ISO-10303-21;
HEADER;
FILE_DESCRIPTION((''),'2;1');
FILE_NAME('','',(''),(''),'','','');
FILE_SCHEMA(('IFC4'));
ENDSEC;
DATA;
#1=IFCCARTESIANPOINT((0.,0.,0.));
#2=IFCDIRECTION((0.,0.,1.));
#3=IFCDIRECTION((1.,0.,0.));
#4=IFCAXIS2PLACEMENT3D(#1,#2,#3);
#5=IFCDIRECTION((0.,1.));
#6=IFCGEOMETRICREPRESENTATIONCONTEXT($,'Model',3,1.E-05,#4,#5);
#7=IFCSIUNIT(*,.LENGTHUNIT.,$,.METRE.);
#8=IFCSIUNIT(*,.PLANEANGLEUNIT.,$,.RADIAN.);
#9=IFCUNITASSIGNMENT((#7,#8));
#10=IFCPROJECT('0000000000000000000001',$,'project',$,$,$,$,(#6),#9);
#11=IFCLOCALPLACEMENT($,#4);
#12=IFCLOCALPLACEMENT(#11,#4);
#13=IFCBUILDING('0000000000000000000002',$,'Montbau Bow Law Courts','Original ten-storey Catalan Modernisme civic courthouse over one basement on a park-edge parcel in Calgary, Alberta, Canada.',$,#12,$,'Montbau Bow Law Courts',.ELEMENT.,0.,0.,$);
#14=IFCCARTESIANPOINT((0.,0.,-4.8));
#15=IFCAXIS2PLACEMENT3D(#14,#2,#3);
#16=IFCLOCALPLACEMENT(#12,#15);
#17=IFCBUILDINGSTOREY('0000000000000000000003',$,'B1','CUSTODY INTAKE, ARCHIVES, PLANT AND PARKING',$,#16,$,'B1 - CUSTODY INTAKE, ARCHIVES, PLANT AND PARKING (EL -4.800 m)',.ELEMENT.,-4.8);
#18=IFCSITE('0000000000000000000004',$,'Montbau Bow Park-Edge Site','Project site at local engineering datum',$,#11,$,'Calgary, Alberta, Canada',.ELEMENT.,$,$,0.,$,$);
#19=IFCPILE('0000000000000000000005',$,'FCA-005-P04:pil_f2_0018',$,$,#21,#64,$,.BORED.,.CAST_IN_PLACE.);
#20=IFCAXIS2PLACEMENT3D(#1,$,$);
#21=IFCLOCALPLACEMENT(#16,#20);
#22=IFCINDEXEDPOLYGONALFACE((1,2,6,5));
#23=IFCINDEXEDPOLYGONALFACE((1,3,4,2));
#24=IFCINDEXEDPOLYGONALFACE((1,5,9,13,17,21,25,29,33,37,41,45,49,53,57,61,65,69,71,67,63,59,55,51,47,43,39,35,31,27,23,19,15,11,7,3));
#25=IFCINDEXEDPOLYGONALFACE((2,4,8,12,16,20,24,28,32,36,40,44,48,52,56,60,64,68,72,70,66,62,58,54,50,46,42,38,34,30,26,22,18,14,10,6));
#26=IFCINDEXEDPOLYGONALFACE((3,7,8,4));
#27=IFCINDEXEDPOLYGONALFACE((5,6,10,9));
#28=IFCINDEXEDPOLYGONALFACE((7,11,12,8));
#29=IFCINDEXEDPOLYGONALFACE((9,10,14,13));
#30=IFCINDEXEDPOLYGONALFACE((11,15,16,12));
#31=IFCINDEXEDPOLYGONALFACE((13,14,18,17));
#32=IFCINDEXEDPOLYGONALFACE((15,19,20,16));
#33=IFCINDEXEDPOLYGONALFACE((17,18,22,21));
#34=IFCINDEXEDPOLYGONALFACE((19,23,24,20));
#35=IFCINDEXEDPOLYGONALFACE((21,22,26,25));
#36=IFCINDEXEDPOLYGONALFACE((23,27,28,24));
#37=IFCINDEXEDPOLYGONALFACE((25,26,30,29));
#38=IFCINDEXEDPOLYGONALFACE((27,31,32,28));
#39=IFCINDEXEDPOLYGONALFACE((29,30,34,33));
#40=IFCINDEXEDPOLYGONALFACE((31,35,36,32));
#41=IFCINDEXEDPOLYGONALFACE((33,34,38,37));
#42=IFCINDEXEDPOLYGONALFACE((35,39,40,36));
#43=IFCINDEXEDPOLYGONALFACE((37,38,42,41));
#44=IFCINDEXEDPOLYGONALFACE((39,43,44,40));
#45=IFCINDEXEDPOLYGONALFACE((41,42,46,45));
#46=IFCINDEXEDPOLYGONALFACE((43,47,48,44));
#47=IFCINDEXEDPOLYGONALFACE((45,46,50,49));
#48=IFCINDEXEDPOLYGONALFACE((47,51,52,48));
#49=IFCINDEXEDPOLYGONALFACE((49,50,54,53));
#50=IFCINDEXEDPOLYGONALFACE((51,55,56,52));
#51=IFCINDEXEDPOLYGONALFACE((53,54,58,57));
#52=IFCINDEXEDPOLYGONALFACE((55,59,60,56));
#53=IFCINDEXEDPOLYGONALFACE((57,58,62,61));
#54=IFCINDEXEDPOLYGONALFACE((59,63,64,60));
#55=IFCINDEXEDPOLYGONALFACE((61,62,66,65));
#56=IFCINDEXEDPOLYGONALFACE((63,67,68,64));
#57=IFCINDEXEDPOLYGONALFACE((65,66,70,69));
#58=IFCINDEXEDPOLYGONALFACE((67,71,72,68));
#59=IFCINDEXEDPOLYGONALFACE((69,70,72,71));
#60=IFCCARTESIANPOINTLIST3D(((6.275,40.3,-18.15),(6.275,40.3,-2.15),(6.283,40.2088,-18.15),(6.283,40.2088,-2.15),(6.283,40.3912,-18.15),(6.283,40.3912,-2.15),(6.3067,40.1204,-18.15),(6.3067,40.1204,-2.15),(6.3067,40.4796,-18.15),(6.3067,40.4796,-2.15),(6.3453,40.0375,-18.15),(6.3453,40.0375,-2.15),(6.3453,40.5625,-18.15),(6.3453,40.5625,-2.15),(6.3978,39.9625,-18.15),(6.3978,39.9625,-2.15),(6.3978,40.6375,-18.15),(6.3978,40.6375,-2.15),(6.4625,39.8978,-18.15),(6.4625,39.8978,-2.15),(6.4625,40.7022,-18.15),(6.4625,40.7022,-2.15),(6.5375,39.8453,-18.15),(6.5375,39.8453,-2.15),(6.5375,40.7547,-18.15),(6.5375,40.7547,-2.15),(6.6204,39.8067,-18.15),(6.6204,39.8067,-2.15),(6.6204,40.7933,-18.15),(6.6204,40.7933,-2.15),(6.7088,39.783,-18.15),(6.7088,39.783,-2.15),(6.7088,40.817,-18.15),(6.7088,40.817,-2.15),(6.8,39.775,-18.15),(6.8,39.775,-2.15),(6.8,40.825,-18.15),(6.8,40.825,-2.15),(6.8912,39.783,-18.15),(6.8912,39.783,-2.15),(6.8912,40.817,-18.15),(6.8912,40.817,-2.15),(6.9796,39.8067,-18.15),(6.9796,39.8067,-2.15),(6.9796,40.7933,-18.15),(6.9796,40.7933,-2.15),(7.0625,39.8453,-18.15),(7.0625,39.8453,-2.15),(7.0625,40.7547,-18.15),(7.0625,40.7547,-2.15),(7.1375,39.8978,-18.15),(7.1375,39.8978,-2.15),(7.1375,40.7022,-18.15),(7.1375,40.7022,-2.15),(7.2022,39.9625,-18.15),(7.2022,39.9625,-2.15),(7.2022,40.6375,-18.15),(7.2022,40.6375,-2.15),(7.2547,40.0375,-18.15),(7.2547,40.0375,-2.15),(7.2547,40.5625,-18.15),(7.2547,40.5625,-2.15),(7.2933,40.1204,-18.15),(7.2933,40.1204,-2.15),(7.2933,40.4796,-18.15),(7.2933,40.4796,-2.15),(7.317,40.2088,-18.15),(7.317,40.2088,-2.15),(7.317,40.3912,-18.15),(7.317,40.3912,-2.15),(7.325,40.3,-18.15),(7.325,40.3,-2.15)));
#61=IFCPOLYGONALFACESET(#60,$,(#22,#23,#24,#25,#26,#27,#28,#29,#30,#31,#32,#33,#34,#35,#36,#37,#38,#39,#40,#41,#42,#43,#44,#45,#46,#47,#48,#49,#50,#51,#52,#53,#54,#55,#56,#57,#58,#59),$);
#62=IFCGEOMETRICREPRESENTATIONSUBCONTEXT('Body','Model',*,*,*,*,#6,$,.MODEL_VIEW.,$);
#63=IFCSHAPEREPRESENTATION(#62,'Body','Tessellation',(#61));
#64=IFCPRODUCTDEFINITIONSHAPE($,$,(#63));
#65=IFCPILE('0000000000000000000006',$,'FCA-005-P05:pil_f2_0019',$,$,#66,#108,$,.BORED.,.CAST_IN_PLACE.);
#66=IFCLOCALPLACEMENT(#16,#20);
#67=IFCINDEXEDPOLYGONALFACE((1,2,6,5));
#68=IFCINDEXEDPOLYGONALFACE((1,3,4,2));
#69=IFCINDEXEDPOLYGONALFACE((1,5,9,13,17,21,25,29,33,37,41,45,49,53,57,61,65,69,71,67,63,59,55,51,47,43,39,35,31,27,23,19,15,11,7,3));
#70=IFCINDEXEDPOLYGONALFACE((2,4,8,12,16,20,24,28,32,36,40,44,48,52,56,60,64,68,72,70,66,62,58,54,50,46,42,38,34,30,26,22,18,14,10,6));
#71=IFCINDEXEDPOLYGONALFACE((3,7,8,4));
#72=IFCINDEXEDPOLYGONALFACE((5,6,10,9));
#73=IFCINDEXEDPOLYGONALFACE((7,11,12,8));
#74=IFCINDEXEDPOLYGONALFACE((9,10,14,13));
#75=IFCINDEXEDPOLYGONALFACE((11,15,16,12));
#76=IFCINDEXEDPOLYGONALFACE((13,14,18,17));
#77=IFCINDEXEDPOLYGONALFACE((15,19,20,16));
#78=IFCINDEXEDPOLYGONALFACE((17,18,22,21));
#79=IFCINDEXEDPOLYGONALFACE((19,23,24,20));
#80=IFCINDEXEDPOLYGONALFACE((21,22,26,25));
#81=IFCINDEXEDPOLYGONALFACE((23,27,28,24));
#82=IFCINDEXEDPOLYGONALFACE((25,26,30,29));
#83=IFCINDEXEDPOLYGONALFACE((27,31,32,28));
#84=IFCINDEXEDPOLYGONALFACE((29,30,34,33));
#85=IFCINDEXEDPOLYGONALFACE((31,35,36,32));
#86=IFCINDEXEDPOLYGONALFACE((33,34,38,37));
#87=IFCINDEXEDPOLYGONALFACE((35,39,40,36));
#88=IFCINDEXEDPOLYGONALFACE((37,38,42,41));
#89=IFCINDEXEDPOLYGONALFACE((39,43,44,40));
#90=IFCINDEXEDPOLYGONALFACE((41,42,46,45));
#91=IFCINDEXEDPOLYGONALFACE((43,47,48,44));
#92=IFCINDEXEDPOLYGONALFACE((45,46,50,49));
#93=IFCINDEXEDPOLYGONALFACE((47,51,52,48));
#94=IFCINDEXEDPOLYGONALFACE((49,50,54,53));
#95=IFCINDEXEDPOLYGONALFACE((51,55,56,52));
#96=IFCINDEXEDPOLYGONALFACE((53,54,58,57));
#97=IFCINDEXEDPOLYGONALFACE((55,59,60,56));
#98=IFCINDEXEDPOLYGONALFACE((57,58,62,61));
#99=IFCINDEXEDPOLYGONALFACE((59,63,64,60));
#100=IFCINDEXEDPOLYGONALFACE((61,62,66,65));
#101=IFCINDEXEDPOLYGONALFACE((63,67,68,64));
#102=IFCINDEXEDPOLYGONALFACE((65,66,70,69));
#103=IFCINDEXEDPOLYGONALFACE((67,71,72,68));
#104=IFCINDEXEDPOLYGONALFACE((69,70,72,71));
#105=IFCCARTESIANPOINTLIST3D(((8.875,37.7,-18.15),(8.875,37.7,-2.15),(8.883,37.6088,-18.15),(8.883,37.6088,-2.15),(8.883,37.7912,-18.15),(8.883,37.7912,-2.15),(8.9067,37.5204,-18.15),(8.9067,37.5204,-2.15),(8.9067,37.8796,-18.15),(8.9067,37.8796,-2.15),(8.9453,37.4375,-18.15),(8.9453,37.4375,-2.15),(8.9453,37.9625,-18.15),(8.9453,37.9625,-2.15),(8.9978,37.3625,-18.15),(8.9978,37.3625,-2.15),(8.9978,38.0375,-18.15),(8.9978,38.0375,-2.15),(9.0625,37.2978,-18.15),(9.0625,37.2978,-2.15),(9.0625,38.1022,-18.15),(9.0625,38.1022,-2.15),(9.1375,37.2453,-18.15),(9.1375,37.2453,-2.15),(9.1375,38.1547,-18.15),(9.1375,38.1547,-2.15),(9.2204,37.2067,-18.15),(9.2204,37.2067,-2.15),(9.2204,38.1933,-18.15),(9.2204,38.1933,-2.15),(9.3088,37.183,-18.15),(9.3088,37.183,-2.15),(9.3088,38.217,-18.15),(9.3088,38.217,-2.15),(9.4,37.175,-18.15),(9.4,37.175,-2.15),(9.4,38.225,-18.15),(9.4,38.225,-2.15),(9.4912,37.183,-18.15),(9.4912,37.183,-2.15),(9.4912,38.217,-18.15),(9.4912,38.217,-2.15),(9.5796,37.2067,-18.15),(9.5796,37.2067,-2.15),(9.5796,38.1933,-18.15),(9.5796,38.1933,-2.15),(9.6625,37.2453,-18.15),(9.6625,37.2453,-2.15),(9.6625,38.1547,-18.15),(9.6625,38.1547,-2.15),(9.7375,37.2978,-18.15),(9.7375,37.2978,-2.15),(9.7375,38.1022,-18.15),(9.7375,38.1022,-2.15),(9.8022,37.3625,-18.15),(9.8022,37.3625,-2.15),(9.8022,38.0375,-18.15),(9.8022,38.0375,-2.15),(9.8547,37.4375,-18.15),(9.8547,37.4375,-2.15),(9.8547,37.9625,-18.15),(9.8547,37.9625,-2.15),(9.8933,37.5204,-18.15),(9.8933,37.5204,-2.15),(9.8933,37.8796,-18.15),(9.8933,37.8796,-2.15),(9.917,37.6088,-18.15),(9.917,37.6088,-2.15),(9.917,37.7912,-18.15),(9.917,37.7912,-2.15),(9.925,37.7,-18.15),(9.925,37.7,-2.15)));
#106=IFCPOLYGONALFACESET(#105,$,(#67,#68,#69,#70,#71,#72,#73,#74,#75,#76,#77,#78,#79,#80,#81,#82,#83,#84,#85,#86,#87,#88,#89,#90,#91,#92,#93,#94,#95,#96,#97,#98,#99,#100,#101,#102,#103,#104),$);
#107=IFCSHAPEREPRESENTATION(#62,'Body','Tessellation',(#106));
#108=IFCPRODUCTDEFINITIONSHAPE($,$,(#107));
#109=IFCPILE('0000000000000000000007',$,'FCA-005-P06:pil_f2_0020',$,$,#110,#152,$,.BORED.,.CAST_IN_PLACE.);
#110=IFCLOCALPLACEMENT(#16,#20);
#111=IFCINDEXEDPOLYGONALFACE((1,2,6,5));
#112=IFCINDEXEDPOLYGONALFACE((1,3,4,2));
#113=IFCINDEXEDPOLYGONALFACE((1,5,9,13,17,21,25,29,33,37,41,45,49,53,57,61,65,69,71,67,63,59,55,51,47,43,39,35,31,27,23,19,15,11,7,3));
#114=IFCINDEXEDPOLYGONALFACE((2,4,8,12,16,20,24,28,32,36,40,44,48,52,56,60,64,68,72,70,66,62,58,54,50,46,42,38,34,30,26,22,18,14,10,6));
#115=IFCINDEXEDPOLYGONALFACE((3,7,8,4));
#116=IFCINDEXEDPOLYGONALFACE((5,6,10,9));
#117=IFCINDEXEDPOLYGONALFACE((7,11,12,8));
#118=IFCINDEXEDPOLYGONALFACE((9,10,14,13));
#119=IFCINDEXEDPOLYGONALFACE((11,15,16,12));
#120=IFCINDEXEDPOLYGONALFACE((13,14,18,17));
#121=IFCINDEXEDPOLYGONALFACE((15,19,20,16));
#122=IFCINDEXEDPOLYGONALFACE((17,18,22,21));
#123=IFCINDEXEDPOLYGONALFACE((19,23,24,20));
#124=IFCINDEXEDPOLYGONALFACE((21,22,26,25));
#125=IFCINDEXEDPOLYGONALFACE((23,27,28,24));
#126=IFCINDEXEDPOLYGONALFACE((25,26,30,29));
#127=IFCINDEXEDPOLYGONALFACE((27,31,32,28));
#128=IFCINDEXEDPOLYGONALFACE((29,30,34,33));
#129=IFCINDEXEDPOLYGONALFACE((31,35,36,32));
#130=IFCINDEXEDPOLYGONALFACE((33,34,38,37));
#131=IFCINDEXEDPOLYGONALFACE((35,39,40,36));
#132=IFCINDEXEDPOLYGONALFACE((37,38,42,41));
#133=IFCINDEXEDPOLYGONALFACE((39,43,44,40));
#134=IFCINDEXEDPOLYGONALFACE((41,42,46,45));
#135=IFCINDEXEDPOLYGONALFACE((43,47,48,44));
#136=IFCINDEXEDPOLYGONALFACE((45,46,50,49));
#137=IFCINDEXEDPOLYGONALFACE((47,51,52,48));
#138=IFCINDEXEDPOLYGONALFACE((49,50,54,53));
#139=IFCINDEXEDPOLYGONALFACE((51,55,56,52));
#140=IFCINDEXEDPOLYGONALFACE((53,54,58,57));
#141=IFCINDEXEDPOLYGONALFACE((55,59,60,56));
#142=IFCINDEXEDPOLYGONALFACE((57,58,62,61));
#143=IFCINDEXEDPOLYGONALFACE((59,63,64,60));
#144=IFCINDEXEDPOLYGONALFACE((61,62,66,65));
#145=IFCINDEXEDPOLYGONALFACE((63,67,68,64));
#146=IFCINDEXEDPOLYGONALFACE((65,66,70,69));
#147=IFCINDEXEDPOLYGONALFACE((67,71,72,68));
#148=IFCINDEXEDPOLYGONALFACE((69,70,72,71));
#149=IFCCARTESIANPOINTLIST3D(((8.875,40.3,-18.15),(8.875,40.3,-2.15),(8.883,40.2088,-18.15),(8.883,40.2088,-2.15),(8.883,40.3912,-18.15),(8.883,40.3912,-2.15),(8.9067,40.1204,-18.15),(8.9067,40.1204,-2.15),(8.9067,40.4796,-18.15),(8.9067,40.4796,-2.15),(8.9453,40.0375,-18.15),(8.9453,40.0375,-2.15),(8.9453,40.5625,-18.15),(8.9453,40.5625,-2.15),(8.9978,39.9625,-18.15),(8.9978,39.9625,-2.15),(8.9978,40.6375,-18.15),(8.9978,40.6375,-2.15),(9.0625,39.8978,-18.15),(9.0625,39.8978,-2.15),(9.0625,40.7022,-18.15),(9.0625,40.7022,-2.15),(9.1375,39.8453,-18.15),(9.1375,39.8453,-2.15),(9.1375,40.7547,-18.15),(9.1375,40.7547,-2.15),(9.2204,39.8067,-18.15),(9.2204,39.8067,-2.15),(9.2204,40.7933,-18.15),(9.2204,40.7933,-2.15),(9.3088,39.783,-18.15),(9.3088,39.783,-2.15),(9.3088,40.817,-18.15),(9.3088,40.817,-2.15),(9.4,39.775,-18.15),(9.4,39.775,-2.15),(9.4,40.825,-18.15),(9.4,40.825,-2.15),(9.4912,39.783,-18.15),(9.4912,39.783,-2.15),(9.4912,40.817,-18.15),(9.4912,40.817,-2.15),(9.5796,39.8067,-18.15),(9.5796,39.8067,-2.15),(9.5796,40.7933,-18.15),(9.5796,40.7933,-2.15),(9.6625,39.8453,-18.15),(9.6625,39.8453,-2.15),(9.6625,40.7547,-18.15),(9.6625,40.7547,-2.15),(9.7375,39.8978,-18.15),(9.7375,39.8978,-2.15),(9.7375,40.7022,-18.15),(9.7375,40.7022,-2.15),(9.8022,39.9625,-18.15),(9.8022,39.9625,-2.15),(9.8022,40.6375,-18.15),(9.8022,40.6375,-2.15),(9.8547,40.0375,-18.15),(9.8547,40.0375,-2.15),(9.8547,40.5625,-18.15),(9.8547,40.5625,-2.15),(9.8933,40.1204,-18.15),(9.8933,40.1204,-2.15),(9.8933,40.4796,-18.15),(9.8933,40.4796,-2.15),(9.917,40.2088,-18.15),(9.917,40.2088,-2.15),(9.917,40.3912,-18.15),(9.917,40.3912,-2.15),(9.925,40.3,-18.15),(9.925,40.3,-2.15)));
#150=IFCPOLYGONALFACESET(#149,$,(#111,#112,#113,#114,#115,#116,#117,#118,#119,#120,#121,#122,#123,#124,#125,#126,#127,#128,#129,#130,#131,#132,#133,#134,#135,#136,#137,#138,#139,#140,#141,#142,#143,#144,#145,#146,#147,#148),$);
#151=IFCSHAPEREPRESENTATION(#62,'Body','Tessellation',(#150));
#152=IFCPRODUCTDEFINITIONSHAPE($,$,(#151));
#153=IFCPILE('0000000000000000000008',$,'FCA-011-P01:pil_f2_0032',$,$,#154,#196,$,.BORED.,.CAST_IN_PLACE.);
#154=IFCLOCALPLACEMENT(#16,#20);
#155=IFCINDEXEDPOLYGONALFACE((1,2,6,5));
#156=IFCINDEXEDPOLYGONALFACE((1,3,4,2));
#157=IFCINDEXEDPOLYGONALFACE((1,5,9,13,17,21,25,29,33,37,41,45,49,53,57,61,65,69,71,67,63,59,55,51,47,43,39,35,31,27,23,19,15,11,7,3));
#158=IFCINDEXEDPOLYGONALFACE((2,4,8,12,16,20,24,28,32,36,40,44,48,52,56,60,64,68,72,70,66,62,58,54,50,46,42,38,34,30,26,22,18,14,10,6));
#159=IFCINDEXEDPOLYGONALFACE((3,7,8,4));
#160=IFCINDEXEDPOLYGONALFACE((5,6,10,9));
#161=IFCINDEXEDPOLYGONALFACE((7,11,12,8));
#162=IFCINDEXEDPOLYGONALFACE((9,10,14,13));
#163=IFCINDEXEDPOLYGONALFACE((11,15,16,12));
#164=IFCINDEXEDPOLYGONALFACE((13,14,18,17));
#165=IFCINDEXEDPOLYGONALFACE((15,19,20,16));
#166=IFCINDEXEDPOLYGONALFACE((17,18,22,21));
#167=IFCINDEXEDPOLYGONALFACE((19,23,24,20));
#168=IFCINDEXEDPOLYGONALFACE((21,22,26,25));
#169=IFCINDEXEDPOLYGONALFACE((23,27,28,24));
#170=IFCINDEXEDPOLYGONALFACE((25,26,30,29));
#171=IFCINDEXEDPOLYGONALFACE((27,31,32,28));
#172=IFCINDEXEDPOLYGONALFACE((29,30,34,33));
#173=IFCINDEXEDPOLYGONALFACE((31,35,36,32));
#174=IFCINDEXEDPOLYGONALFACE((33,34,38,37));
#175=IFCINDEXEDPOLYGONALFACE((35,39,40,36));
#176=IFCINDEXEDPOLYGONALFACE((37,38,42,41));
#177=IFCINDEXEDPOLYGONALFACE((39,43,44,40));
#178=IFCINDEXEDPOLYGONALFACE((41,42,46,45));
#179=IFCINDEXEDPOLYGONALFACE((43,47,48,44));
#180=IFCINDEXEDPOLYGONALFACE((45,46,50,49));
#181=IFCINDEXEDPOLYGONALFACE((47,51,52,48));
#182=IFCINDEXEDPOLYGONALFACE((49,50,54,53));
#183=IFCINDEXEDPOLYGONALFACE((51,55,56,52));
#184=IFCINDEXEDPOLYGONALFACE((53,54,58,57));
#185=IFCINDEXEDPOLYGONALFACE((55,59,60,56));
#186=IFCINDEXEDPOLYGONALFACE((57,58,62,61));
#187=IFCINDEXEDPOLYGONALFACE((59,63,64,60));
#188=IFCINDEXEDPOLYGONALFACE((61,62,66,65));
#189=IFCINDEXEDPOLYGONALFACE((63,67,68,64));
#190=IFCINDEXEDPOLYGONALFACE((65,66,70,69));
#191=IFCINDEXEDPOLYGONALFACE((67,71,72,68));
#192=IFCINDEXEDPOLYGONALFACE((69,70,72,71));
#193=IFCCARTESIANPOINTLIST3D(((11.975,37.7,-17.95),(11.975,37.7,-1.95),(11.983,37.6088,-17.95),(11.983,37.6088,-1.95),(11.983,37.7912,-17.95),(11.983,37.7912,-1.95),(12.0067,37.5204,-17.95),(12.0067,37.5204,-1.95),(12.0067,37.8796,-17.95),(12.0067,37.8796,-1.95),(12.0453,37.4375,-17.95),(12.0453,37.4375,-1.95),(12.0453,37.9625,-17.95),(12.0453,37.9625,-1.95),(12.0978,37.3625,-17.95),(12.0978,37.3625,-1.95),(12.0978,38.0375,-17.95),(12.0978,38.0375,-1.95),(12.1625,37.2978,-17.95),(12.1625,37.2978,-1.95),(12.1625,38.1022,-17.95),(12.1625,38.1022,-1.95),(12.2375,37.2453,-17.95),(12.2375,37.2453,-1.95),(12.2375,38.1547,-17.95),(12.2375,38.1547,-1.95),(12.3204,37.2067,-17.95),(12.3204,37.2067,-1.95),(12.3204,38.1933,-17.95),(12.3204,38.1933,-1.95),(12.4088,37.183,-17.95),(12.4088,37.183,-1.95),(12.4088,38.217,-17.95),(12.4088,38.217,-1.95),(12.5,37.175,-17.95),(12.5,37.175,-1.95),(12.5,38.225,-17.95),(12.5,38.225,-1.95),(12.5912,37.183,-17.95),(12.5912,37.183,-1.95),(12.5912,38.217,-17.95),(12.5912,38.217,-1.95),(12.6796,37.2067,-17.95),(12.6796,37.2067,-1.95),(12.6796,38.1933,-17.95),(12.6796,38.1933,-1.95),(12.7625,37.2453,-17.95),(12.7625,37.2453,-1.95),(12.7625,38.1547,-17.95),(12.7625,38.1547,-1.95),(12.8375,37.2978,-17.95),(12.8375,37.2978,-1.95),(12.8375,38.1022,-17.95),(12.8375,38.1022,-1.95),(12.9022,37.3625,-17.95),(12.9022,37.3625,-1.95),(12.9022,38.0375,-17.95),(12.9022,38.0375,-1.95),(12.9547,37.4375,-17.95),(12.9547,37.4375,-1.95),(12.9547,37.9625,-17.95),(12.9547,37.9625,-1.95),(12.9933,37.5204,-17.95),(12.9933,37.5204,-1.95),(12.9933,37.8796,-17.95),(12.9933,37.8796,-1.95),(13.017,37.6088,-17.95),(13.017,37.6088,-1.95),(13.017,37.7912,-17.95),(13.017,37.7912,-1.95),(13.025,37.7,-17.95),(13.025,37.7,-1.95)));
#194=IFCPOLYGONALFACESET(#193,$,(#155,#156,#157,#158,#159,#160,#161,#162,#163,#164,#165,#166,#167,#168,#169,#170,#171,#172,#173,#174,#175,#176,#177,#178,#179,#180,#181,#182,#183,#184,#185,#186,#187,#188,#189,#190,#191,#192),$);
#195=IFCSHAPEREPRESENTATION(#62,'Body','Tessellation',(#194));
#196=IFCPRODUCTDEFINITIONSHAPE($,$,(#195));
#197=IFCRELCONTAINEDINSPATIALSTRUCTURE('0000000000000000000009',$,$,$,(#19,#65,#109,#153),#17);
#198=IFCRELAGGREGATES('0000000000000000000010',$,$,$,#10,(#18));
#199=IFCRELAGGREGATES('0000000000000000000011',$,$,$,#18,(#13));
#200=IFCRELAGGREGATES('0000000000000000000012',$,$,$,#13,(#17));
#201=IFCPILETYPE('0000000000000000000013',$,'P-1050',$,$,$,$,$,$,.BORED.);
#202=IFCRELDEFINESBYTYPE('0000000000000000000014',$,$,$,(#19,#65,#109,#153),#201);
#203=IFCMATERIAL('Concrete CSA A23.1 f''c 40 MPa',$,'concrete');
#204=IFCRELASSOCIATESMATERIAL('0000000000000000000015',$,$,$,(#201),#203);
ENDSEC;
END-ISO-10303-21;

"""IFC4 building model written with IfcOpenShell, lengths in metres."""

from ifc_helpers import new_model, si_unit, direction, frame, origin_with_axes, origin_2d_with_axis, place, context, subcontext, project, spatial, circle, extrude, material, material_profile, profile_set, type_object, element, save


model = new_model("IFC4")

# Units and contexts
model_context = context("Model", 3, precision=1e-05, world=origin_with_axes(), true_north=direction((0.0, 1.0)))
body_context = subcontext(model_context, "Body", "Model", "MODEL_VIEW")
ifc_project = project(units=[si_unit("LENGTHUNIT", "METRE"), si_unit("PLANEANGLEUNIT", "RADIAN")], contexts=[model_context])

# Site, building, storey
site_placement = place(None, origin_with_axes())
site = spatial("IfcSite", under=ifc_project, at=site_placement, Name="Montbau Bow Park-Edge Site", Description="Project site at local engineering datum", LongName="Calgary, Alberta, Canada", CompositionType="ELEMENT", RefElevation=0.0)
building_placement = place(site_placement, origin_with_axes())
building = spatial("IfcBuilding", under=site, at=building_placement, Name="Montbau Bow Law Courts", Description="Original ten-storey Catalan Modernisme civic courthouse over one basement on a park-edge parcel in Calgary, Alberta, Canada.", LongName="Montbau Bow Law Courts", CompositionType="ELEMENT", ElevationOfRefHeight=0.0, ElevationOfTerrain=0.0)
storey_placement = place(building_placement, frame((0.0, 0.0, -4.8), z_axis=(0.0, 0.0, 1.0), x_axis=(1.0, 0.0, 0.0)))
storey = spatial("IfcBuildingStorey", under=building, at=storey_placement, Name="B1", Description="CUSTODY INTAKE, ARCHIVES, PLANT AND PARKING", LongName="B1 - CUSTODY INTAKE, ARCHIVES, PLANT AND PARKING (EL -4.800 m)", CompositionType="ELEMENT", Elevation=-4.8)

# Piles
ifc_material = material(Name="Concrete CSA A23.1 f'c 40 MPa", Category="concrete")
ifc_material_profile_1 = material_profile(ifc_material, circle(Radius=0.525, at=origin_2d_with_axis()), Name="BP1050", Category="Main", Priority=0)
ifc_profile_set_1 = profile_set([ifc_material_profile_1], Name="Concrete CSA A23.1 f'c 40 MPa")
pile_type_1 = type_object("IfcPileType", Name="P-1050", PredefinedType="BORED", material=ifc_profile_set_1)
for number, where, z_axis, x_axis, name in (
    (1, (6.8, 40.3, -22.95), (0.0, 0.0, 1.0), (1.0, 0.0, 0.0), "FCA-005-P04:pil_f2_0018"),
    (2, (9.4, 37.7, -22.95), (0.0, 0.0, 1.0), (1.0, 0.0, 0.0), "FCA-005-P05:pil_f2_0019"),
    (3, (9.4, 40.3, -22.95), (0.0, 0.0, 1.0), (1.0, 0.0, 0.0), "FCA-005-P06:pil_f2_0020"),
    (4, (12.5, 37.7, -22.75), (0.0, 0.0, 1.0), (1.0, 0.0, 0.0), "FCA-011-P01:pil_f2_0032"),
):
    element("IfcPile", number, at=place(None, frame(where, z_axis=z_axis, x_axis=x_axis)), inside=storey, type_object=pile_type_1, Name=name, ConstructionType="CAST_IN_PLACE", PredefinedType="BORED", context=body_context, shape_type="SweptSolid", body=[
        extrude(circle(Radius=0.525, at=origin_2d_with_axis()), origin_with_axes(), (0.0, 0.0, 1.0), 16.0),
    ])

save(model, "model.ifc")
